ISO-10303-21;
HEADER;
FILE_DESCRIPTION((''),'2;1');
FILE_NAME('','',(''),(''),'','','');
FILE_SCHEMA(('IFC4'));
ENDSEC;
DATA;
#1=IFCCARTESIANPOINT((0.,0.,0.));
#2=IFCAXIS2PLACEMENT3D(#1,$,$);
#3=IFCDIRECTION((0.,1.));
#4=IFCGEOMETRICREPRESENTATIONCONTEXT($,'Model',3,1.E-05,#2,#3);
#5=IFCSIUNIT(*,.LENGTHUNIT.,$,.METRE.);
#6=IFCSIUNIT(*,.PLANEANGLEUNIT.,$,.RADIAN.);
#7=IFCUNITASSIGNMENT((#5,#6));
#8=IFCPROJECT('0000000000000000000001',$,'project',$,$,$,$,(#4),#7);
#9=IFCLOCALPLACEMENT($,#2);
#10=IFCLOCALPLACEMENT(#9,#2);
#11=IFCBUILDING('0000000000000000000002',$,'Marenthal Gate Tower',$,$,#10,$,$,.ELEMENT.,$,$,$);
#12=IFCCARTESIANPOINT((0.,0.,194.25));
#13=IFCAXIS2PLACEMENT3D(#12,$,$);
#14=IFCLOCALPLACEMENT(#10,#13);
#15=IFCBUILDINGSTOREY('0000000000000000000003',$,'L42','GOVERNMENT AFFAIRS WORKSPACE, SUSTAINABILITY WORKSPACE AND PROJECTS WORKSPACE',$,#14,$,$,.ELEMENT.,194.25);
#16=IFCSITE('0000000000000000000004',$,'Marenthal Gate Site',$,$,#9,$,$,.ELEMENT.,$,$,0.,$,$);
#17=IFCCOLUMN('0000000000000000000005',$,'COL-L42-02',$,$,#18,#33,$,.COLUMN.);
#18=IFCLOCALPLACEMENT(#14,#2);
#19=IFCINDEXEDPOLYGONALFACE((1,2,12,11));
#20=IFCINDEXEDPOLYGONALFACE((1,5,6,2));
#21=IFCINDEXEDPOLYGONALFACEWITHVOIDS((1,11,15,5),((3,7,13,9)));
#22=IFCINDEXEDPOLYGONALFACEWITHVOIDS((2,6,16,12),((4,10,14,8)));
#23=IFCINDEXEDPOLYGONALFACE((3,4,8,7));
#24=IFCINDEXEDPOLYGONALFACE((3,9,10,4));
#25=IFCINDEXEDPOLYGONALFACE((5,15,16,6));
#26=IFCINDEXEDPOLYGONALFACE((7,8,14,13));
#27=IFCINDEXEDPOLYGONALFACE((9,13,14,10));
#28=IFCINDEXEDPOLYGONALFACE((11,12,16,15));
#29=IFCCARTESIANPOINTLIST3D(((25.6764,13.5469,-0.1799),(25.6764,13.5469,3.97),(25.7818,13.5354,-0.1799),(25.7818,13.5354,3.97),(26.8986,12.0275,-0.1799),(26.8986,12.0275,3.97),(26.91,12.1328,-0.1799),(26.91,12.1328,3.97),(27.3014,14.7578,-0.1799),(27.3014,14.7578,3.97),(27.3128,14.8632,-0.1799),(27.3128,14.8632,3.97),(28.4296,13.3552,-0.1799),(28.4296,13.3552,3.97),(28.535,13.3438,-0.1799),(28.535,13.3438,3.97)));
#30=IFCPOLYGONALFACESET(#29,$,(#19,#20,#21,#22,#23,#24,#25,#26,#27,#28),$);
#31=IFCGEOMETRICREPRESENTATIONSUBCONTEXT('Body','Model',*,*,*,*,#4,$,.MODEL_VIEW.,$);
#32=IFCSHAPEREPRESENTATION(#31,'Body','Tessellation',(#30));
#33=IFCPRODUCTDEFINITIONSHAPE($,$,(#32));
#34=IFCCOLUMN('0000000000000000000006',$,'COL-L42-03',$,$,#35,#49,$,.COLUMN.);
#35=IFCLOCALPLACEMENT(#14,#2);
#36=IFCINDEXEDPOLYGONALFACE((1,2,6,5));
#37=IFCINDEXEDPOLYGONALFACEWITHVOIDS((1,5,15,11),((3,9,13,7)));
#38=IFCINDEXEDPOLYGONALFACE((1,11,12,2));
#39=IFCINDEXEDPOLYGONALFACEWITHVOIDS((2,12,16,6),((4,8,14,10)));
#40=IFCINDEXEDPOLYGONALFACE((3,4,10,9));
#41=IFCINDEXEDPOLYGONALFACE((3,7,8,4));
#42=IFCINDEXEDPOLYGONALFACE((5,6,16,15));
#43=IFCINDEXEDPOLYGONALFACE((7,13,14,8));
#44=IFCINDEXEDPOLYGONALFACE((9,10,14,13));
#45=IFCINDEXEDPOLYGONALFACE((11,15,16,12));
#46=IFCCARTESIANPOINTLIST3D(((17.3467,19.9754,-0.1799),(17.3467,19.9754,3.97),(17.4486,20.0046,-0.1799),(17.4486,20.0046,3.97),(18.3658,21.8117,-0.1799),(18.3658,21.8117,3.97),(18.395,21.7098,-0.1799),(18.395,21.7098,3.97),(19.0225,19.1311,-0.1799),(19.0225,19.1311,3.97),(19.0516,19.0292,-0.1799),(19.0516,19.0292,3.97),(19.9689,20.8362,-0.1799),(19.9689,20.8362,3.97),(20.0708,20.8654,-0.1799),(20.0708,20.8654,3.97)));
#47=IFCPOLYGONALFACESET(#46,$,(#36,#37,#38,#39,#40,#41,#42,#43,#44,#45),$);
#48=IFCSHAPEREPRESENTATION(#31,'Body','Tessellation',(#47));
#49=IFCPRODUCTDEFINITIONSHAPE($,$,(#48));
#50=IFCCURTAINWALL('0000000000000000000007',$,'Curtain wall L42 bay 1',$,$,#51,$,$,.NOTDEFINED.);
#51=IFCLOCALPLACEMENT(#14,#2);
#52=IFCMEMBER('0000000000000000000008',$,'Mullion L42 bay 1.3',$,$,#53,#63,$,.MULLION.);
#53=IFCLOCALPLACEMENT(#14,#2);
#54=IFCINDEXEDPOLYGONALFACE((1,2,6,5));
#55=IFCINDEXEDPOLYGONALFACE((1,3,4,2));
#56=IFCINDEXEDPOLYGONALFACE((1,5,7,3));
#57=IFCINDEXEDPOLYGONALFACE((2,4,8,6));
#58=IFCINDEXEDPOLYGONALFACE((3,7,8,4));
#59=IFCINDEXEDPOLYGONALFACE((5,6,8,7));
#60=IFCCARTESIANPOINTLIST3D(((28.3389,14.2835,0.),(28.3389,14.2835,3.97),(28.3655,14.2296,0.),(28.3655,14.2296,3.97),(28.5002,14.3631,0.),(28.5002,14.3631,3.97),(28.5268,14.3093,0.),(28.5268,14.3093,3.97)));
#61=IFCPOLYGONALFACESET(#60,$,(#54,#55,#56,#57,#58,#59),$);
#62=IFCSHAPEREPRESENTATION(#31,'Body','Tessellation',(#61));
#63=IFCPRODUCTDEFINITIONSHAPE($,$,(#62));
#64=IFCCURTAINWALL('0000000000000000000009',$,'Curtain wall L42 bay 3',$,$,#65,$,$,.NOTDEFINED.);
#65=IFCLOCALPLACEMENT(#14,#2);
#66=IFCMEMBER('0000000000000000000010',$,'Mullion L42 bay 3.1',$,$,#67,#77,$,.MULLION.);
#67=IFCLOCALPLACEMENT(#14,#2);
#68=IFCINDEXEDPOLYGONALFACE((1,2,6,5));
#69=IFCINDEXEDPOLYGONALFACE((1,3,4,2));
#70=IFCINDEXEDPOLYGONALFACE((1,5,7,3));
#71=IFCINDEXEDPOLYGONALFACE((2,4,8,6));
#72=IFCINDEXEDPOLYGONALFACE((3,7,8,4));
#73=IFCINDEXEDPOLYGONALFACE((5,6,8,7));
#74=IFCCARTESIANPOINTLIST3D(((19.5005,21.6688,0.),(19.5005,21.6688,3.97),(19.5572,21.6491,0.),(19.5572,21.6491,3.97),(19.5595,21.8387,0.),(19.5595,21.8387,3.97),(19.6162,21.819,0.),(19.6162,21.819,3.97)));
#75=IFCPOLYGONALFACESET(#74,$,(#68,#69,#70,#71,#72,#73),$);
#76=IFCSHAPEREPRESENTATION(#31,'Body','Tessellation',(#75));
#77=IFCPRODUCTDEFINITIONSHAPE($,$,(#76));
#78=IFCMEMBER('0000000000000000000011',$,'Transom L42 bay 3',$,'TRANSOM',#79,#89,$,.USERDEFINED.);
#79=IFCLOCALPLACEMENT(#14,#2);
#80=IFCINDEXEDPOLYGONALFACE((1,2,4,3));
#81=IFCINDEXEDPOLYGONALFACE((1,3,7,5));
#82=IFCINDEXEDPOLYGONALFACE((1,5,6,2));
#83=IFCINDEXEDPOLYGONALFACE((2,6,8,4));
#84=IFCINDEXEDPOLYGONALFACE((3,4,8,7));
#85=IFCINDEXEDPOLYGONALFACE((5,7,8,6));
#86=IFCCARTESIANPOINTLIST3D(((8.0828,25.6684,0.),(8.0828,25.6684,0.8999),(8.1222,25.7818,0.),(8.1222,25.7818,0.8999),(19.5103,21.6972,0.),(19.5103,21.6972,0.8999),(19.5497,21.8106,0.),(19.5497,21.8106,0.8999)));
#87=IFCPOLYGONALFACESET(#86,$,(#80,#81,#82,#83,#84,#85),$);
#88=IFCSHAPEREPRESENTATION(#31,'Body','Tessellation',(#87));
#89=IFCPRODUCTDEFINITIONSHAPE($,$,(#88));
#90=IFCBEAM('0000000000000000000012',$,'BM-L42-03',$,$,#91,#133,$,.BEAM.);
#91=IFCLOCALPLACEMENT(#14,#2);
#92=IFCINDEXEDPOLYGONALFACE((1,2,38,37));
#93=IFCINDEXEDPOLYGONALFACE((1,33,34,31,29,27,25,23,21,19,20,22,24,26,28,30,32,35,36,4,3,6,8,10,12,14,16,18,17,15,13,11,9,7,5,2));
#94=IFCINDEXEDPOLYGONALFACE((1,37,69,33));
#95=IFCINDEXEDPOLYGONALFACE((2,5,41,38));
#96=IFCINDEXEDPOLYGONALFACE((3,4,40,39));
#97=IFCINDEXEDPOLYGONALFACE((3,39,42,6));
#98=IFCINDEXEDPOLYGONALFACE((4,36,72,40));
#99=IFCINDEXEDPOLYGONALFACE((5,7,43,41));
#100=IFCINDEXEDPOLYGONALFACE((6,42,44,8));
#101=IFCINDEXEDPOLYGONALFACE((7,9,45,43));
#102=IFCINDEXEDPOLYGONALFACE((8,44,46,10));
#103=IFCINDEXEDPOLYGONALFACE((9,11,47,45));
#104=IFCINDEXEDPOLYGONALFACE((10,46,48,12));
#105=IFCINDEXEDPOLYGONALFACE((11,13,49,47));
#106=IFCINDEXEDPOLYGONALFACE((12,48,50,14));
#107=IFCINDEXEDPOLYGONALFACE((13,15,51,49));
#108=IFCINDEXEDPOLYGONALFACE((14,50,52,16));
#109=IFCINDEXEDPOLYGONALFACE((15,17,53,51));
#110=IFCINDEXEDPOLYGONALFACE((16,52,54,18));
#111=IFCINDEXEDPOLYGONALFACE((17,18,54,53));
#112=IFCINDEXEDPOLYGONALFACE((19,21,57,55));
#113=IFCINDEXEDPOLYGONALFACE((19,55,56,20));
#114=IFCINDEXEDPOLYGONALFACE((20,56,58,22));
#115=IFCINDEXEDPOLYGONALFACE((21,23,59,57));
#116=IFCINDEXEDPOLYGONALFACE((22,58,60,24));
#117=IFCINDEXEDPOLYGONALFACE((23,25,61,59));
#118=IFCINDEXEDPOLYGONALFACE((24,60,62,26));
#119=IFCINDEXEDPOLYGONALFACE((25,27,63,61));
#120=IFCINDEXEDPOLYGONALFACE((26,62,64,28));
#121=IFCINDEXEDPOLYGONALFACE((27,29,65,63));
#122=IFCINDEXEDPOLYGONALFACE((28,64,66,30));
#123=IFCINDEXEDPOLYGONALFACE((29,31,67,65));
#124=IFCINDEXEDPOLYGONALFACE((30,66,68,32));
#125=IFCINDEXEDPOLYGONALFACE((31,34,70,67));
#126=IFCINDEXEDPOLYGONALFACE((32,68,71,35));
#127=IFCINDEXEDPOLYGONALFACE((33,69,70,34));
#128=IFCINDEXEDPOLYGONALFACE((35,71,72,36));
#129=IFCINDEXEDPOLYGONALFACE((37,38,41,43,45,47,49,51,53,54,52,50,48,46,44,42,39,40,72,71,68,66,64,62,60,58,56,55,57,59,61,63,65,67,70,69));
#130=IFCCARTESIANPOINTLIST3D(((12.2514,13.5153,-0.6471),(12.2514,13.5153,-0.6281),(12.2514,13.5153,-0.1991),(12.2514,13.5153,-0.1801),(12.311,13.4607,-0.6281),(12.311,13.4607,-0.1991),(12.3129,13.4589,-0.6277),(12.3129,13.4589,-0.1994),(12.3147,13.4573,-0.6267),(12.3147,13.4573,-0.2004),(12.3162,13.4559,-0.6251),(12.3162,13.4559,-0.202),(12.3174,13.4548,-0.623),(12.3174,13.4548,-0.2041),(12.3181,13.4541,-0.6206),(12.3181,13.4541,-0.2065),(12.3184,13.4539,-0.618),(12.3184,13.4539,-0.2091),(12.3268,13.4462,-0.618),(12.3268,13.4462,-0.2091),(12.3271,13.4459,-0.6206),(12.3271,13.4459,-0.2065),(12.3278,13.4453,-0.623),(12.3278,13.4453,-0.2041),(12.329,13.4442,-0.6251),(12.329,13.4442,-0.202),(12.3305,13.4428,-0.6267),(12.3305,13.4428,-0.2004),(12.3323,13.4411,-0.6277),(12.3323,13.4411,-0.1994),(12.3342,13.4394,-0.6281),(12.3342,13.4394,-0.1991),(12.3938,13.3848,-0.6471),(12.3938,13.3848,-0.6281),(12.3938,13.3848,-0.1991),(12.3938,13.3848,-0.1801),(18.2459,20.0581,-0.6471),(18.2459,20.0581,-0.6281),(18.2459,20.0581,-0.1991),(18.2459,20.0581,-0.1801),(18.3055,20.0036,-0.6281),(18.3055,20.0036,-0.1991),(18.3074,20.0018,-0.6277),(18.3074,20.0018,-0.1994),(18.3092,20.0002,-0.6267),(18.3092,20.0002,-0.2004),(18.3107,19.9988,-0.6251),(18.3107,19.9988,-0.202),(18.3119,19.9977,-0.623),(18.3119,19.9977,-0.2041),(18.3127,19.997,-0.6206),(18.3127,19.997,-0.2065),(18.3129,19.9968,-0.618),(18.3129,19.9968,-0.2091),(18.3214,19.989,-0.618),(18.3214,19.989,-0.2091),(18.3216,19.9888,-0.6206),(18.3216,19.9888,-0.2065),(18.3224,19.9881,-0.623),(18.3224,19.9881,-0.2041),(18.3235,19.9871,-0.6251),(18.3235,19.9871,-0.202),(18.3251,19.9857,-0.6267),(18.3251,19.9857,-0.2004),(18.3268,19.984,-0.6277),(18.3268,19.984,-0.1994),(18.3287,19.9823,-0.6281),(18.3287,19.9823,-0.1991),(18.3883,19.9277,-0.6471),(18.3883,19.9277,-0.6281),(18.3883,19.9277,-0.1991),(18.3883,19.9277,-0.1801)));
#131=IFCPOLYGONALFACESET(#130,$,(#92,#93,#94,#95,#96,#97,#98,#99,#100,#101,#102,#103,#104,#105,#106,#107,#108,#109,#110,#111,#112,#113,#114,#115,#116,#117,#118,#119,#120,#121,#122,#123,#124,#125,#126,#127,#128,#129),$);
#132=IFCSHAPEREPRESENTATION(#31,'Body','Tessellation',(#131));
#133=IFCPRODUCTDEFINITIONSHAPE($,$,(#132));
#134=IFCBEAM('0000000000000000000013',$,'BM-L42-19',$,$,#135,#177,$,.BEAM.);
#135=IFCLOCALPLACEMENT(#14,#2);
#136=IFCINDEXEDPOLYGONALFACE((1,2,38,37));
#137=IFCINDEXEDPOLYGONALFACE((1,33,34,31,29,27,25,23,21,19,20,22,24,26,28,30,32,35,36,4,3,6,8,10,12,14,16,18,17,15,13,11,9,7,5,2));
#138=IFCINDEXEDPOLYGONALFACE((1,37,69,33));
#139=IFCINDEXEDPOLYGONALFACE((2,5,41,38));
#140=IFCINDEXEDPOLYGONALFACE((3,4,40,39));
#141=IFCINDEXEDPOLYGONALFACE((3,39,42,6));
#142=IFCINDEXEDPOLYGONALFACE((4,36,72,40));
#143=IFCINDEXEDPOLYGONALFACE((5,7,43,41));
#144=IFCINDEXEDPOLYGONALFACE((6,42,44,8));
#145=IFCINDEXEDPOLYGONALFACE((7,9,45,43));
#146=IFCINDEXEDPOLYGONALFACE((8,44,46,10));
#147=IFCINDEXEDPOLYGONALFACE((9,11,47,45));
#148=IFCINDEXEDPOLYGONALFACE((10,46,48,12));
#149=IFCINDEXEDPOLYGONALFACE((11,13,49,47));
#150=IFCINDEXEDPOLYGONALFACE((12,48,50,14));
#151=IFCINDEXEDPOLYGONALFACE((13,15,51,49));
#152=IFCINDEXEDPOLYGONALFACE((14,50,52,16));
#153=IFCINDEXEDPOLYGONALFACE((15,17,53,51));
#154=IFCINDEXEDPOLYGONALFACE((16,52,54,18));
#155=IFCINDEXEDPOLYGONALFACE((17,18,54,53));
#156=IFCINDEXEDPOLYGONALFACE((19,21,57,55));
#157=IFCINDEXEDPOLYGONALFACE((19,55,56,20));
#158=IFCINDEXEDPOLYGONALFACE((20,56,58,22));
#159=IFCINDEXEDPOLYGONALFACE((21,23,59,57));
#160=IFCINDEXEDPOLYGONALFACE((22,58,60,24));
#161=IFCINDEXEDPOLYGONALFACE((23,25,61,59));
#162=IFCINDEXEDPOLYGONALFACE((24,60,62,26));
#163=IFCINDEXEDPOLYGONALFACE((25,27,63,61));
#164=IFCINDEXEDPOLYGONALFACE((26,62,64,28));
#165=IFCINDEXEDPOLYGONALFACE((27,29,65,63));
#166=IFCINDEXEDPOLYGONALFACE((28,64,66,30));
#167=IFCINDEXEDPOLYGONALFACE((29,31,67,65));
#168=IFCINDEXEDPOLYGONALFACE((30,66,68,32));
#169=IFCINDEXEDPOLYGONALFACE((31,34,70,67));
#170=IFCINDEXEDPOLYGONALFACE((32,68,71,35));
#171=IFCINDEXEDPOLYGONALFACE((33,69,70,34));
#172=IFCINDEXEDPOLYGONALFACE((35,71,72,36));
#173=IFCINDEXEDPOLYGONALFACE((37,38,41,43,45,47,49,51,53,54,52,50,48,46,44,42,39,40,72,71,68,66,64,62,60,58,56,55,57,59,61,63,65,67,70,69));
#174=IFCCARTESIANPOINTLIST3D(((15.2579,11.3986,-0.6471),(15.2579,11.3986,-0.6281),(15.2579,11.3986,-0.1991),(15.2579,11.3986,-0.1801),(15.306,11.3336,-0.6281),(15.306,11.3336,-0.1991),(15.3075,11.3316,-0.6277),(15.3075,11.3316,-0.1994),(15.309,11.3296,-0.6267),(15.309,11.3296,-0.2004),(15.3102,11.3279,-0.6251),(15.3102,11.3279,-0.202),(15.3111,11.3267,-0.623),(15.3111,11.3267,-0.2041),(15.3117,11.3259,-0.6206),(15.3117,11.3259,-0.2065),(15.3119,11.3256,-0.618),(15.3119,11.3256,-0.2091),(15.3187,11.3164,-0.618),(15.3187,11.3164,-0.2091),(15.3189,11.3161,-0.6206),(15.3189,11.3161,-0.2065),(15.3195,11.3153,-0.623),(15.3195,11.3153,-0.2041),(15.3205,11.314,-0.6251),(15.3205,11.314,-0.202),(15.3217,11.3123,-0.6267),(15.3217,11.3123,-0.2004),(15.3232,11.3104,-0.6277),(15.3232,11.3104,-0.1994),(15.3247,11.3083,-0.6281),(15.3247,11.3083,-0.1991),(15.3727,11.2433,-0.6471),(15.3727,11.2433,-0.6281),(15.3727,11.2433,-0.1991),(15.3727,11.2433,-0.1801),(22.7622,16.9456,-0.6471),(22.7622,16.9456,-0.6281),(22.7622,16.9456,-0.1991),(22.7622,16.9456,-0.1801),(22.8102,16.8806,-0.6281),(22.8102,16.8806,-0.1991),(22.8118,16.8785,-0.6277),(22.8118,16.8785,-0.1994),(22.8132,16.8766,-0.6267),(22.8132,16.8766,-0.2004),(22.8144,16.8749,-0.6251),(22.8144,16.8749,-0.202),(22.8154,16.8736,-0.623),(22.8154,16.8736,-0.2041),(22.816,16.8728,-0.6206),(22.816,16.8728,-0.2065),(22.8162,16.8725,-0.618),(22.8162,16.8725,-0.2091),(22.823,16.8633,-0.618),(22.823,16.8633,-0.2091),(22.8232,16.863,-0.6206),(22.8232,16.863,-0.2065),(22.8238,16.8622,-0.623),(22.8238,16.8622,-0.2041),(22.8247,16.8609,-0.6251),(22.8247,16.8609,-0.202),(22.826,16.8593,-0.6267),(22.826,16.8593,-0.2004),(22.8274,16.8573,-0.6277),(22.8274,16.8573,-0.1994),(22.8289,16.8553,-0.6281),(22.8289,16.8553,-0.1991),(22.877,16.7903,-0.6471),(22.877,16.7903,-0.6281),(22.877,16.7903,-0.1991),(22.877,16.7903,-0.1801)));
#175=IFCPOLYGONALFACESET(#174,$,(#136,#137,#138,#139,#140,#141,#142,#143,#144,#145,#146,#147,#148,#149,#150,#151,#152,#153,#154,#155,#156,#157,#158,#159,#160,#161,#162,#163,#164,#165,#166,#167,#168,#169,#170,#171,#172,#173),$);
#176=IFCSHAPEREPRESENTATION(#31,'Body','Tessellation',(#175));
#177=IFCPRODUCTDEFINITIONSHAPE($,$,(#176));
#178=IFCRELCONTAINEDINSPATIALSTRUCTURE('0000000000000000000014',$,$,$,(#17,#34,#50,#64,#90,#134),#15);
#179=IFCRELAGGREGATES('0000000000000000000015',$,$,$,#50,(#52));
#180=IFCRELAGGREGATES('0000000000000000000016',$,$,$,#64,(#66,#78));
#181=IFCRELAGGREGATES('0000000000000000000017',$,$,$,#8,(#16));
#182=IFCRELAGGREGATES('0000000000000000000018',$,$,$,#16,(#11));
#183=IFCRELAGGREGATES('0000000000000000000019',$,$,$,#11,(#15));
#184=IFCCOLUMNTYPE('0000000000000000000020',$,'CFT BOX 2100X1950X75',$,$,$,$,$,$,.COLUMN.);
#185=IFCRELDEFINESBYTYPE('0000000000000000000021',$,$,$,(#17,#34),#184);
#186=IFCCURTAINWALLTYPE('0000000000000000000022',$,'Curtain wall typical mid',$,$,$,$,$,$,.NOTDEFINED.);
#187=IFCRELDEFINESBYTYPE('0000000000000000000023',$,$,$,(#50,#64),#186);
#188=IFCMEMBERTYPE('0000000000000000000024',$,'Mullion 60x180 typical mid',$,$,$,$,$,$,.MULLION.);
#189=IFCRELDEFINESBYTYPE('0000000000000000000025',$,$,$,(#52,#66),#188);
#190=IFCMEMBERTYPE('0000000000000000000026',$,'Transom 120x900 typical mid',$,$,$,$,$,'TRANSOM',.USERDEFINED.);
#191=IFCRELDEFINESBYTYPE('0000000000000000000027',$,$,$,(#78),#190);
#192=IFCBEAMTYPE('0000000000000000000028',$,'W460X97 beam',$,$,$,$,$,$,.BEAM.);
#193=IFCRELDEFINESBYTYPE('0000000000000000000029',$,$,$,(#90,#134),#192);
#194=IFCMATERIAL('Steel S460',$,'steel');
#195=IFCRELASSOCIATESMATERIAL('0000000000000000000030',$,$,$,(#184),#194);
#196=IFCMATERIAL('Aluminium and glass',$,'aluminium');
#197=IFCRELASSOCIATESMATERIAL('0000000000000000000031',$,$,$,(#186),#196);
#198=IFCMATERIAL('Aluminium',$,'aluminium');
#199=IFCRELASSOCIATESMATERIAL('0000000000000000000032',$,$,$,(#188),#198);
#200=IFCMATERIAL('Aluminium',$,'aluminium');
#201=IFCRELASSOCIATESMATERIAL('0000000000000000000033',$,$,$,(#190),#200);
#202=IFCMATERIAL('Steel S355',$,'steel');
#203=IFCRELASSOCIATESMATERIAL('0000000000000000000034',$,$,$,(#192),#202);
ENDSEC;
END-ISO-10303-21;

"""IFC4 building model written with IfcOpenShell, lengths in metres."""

from ifc_helpers import new_model, si_unit, direction, frame, origin, origin_2d, place, context, subcontext, project, spatial, rectangle, hollow_rectangle, i_section, extrude, material, material_profile, profile_set, type_object, element, aggregate, save


model = new_model("IFC4")

# Units and contexts
model_context = context("Model", 3, precision=1e-05, world=origin(), true_north=direction((0.0, 1.0)))
body_context = subcontext(model_context, "Body", "Model", "MODEL_VIEW")
ifc_project = project(units=[si_unit("LENGTHUNIT", "METRE"), si_unit("PLANEANGLEUNIT", "RADIAN")], contexts=[model_context])

# Site, building, storey
site_placement = place(None, origin())
site = spatial("IfcSite", under=ifc_project, at=site_placement, Name="Marenthal Gate Site", CompositionType="ELEMENT", RefElevation=0.0)
building_placement = place(site_placement, origin())
building = spatial("IfcBuilding", under=site, at=building_placement, Name="Marenthal Gate Tower", CompositionType="ELEMENT")
storey_placement = place(building_placement, frame((0.0, 0.0, 194.25)))
storey = spatial("IfcBuildingStorey", under=building, at=storey_placement, Name="L42", Description="GOVERNMENT AFFAIRS WORKSPACE, SUSTAINABILITY WORKSPACE AND PROJECTS WORKSPACE", CompositionType="ELEMENT", Elevation=194.25)

# Columns
ifc_material_1 = material(Name="Steel S460", Category="steel")
ifc_material_profile_1 = material_profile(ifc_material_1, hollow_rectangle(XDim=1.95, YDim=2.1001, WallThickness=0.075, at=origin_2d()), Name="CFT BOX 2100X1950X75")
ifc_material_2 = material(Name="Concrete 70 MPa", Category="concrete")
ifc_material_profile_2 = material_profile(ifc_material_2, rectangle(XDim=1.8, YDim=1.95, at=origin_2d()), Name="CFT BOX 2100X1950X75 INFILL")
ifc_profile_set_1 = profile_set([ifc_material_profile_1, ifc_material_profile_2], Name="Steel S460 shell, Concrete 70 MPa infill")
column_type = type_object("IfcColumnType", Name="CFT BOX 2100X1950X75", PredefinedType="COLUMN", material=ifc_profile_set_1)
for number, where, z_axis, x_axis, name in (
    (1, (27.1057, 13.4453, -0.1799), (0.0, 0.0, 1.0), (0.626783, -0.779194, 0.0), "COL-L42-02"),
    (2, (18.7087, 20.4204, -0.1799), (0.0, 0.0, 1.0), (0.874354, -0.485289, 0.0), "COL-L42-03"),
):
    element("IfcColumn", number, at=place(storey_placement, frame(where, z_axis=z_axis, x_axis=x_axis)), inside=storey, type_object=column_type, Name=name, PredefinedType="COLUMN", context=body_context, shape_type="SweptSolid", body=[
        extrude(hollow_rectangle(XDim=1.95, YDim=2.1001, WallThickness=0.075, at=origin_2d()), origin(), (0.0, 0.0, 1.0), 4.1499),
    ])

# Curtain wall, member
ifc_material_3 = material(Name="Aluminium and glass", Category="aluminium")
curtain_wall_type = type_object("IfcCurtainWallType", Name="Curtain wall typical mid", PredefinedType="NOTDEFINED", material=ifc_material_3)
curtain_wall_1_placement = place(storey_placement, origin())
curtain_wall_1 = element("IfcCurtainWall", 3, at=curtain_wall_1_placement, inside=storey, type_object=curtain_wall_type, Name="Curtain wall L42 bay 1", PredefinedType="NOTDEFINED")
ifc_material_4 = material(Name="Aluminium", Category="aluminium")
ifc_material_profile_3 = material_profile(ifc_material_4, rectangle(XDim=0.1799, YDim=0.0601, at=origin_2d()), Name="60x180 aluminium mullion")
ifc_profile_set_2 = profile_set([ifc_material_profile_3], Name="Aluminium")
member_type_1 = type_object("IfcMemberType", Name="Mullion 60x180 typical mid", PredefinedType="MULLION", material=ifc_profile_set_2)
member_1_placement = place(storey_placement, frame((28.4329, 14.2964, 0.0), z_axis=(0.0, 0.0, 1.0), x_axis=(-0.896681, -0.442678, 0.0)))
member_1 = element("IfcMember", 4, at=member_1_placement, type_object=member_type_1, Name="Mullion L42 bay 1.3", PredefinedType="MULLION", context=body_context, shape_type="SweptSolid", body=[
    extrude(rectangle(XDim=0.1799, YDim=0.0601, at=origin_2d()), origin(), (0.0, 0.0, 1.0), 3.97),
])
aggregate(curtain_wall_1, [member_1])

# Curtain wall, members
curtain_wall_2_placement = place(storey_placement, origin())
curtain_wall_2 = element("IfcCurtainWall", 5, at=curtain_wall_2_placement, inside=storey, type_object=curtain_wall_type, Name="Curtain wall L42 bay 3", PredefinedType="NOTDEFINED")
member_2_placement = place(storey_placement, frame((19.5583, 21.7439, 0.0), z_axis=(0.0, 0.0, 1.0), x_axis=(-0.328273, -0.944583, 0.0)))
member_2 = element("IfcMember", 6, at=member_2_placement, type_object=member_type_1, Name="Mullion L42 bay 3.1", PredefinedType="MULLION", context=body_context, shape_type="SweptSolid", body=[
    extrude(rectangle(XDim=0.1799, YDim=0.0601, at=origin_2d()), origin(), (0.0, 0.0, 1.0), 3.97),
])
ifc_material_5 = material(Name="Aluminium", Category="aluminium")
ifc_material_profile_4 = material_profile(ifc_material_5, rectangle(XDim=0.1201, YDim=0.8999, at=origin_2d()), Name="120x900 aluminium transom")
ifc_profile_set_3 = profile_set([ifc_material_profile_4], Name="Aluminium")
member_type_2 = type_object("IfcMemberType", Name="Transom 120x900 typical mid", ElementType="TRANSOM", PredefinedType="USERDEFINED", material=ifc_profile_set_3)
member_3_placement = place(storey_placement, frame((19.53, 21.7539, 0.45), z_axis=(-0.944589, 0.328256, 0.0), x_axis=(-0.328256, -0.944589, 0.0)))
member_3 = element("IfcMember", 7, at=member_3_placement, type_object=member_type_2, Name="Transom L42 bay 3", ObjectType="TRANSOM", PredefinedType="USERDEFINED", context=body_context, shape_type="SweptSolid", body=[
    extrude(rectangle(XDim=0.1201, YDim=0.8999, at=origin_2d()), origin(), (0.0, 0.0, 1.0), 12.0979),
])

# Beams
ifc_material_6 = material(Name="Steel S355", Category="steel")
ifc_material_profile_5 = material_profile(ifc_material_6, i_section(OverallWidth=0.1931, OverallDepth=0.467, WebThickness=0.0115, FlangeThickness=0.019, FilletRadius=0.01, at=origin_2d()), Name="W460X97")
ifc_profile_set_4 = profile_set([ifc_material_profile_5], Name="Steel S355")
beam_type_1 = type_object("IfcBeamType", Name="W460X97 beam", PredefinedType="BEAM", material=ifc_profile_set_4)
beam_1_placement = place(storey_placement, frame((18.3171, 19.9929, -0.4136), z_axis=(-0.675535, -0.737328, 0.0), x_axis=(0.737328, -0.675535, 0.0)))
element("IfcBeam", 8, at=beam_1_placement, inside=storey, type_object=beam_type_1, Name="BM-L42-03", PredefinedType="BEAM", context=body_context, shape_type="SweptSolid", body=[
    extrude(i_section(OverallWidth=0.1931, OverallDepth=0.467, WebThickness=0.0115, FlangeThickness=0.019, FilletRadius=0.01, at=origin_2d()), origin(), (0.0, 0.0, 1.0), 8.8738),
])
beam_2_placement = place(storey_placement, frame((22.8196, 16.8679, -0.4136), z_axis=(-0.804159, -0.594414, 0.0), x_axis=(0.594414, -0.804159, 0.0)))
element("IfcBeam", 9, at=beam_2_placement, inside=storey, type_object=beam_type_1, Name="BM-L42-19", PredefinedType="BEAM", context=body_context, shape_type="SweptSolid", body=[
    extrude(i_section(OverallWidth=0.1931, OverallDepth=0.467, WebThickness=0.0115, FlangeThickness=0.019, FilletRadius=0.01, at=origin_2d()), origin(), (0.0, 0.0, 1.0), 9.3318),
])

aggregate(curtain_wall_2, [member_2, member_3])

save(model, "model.ifc")
